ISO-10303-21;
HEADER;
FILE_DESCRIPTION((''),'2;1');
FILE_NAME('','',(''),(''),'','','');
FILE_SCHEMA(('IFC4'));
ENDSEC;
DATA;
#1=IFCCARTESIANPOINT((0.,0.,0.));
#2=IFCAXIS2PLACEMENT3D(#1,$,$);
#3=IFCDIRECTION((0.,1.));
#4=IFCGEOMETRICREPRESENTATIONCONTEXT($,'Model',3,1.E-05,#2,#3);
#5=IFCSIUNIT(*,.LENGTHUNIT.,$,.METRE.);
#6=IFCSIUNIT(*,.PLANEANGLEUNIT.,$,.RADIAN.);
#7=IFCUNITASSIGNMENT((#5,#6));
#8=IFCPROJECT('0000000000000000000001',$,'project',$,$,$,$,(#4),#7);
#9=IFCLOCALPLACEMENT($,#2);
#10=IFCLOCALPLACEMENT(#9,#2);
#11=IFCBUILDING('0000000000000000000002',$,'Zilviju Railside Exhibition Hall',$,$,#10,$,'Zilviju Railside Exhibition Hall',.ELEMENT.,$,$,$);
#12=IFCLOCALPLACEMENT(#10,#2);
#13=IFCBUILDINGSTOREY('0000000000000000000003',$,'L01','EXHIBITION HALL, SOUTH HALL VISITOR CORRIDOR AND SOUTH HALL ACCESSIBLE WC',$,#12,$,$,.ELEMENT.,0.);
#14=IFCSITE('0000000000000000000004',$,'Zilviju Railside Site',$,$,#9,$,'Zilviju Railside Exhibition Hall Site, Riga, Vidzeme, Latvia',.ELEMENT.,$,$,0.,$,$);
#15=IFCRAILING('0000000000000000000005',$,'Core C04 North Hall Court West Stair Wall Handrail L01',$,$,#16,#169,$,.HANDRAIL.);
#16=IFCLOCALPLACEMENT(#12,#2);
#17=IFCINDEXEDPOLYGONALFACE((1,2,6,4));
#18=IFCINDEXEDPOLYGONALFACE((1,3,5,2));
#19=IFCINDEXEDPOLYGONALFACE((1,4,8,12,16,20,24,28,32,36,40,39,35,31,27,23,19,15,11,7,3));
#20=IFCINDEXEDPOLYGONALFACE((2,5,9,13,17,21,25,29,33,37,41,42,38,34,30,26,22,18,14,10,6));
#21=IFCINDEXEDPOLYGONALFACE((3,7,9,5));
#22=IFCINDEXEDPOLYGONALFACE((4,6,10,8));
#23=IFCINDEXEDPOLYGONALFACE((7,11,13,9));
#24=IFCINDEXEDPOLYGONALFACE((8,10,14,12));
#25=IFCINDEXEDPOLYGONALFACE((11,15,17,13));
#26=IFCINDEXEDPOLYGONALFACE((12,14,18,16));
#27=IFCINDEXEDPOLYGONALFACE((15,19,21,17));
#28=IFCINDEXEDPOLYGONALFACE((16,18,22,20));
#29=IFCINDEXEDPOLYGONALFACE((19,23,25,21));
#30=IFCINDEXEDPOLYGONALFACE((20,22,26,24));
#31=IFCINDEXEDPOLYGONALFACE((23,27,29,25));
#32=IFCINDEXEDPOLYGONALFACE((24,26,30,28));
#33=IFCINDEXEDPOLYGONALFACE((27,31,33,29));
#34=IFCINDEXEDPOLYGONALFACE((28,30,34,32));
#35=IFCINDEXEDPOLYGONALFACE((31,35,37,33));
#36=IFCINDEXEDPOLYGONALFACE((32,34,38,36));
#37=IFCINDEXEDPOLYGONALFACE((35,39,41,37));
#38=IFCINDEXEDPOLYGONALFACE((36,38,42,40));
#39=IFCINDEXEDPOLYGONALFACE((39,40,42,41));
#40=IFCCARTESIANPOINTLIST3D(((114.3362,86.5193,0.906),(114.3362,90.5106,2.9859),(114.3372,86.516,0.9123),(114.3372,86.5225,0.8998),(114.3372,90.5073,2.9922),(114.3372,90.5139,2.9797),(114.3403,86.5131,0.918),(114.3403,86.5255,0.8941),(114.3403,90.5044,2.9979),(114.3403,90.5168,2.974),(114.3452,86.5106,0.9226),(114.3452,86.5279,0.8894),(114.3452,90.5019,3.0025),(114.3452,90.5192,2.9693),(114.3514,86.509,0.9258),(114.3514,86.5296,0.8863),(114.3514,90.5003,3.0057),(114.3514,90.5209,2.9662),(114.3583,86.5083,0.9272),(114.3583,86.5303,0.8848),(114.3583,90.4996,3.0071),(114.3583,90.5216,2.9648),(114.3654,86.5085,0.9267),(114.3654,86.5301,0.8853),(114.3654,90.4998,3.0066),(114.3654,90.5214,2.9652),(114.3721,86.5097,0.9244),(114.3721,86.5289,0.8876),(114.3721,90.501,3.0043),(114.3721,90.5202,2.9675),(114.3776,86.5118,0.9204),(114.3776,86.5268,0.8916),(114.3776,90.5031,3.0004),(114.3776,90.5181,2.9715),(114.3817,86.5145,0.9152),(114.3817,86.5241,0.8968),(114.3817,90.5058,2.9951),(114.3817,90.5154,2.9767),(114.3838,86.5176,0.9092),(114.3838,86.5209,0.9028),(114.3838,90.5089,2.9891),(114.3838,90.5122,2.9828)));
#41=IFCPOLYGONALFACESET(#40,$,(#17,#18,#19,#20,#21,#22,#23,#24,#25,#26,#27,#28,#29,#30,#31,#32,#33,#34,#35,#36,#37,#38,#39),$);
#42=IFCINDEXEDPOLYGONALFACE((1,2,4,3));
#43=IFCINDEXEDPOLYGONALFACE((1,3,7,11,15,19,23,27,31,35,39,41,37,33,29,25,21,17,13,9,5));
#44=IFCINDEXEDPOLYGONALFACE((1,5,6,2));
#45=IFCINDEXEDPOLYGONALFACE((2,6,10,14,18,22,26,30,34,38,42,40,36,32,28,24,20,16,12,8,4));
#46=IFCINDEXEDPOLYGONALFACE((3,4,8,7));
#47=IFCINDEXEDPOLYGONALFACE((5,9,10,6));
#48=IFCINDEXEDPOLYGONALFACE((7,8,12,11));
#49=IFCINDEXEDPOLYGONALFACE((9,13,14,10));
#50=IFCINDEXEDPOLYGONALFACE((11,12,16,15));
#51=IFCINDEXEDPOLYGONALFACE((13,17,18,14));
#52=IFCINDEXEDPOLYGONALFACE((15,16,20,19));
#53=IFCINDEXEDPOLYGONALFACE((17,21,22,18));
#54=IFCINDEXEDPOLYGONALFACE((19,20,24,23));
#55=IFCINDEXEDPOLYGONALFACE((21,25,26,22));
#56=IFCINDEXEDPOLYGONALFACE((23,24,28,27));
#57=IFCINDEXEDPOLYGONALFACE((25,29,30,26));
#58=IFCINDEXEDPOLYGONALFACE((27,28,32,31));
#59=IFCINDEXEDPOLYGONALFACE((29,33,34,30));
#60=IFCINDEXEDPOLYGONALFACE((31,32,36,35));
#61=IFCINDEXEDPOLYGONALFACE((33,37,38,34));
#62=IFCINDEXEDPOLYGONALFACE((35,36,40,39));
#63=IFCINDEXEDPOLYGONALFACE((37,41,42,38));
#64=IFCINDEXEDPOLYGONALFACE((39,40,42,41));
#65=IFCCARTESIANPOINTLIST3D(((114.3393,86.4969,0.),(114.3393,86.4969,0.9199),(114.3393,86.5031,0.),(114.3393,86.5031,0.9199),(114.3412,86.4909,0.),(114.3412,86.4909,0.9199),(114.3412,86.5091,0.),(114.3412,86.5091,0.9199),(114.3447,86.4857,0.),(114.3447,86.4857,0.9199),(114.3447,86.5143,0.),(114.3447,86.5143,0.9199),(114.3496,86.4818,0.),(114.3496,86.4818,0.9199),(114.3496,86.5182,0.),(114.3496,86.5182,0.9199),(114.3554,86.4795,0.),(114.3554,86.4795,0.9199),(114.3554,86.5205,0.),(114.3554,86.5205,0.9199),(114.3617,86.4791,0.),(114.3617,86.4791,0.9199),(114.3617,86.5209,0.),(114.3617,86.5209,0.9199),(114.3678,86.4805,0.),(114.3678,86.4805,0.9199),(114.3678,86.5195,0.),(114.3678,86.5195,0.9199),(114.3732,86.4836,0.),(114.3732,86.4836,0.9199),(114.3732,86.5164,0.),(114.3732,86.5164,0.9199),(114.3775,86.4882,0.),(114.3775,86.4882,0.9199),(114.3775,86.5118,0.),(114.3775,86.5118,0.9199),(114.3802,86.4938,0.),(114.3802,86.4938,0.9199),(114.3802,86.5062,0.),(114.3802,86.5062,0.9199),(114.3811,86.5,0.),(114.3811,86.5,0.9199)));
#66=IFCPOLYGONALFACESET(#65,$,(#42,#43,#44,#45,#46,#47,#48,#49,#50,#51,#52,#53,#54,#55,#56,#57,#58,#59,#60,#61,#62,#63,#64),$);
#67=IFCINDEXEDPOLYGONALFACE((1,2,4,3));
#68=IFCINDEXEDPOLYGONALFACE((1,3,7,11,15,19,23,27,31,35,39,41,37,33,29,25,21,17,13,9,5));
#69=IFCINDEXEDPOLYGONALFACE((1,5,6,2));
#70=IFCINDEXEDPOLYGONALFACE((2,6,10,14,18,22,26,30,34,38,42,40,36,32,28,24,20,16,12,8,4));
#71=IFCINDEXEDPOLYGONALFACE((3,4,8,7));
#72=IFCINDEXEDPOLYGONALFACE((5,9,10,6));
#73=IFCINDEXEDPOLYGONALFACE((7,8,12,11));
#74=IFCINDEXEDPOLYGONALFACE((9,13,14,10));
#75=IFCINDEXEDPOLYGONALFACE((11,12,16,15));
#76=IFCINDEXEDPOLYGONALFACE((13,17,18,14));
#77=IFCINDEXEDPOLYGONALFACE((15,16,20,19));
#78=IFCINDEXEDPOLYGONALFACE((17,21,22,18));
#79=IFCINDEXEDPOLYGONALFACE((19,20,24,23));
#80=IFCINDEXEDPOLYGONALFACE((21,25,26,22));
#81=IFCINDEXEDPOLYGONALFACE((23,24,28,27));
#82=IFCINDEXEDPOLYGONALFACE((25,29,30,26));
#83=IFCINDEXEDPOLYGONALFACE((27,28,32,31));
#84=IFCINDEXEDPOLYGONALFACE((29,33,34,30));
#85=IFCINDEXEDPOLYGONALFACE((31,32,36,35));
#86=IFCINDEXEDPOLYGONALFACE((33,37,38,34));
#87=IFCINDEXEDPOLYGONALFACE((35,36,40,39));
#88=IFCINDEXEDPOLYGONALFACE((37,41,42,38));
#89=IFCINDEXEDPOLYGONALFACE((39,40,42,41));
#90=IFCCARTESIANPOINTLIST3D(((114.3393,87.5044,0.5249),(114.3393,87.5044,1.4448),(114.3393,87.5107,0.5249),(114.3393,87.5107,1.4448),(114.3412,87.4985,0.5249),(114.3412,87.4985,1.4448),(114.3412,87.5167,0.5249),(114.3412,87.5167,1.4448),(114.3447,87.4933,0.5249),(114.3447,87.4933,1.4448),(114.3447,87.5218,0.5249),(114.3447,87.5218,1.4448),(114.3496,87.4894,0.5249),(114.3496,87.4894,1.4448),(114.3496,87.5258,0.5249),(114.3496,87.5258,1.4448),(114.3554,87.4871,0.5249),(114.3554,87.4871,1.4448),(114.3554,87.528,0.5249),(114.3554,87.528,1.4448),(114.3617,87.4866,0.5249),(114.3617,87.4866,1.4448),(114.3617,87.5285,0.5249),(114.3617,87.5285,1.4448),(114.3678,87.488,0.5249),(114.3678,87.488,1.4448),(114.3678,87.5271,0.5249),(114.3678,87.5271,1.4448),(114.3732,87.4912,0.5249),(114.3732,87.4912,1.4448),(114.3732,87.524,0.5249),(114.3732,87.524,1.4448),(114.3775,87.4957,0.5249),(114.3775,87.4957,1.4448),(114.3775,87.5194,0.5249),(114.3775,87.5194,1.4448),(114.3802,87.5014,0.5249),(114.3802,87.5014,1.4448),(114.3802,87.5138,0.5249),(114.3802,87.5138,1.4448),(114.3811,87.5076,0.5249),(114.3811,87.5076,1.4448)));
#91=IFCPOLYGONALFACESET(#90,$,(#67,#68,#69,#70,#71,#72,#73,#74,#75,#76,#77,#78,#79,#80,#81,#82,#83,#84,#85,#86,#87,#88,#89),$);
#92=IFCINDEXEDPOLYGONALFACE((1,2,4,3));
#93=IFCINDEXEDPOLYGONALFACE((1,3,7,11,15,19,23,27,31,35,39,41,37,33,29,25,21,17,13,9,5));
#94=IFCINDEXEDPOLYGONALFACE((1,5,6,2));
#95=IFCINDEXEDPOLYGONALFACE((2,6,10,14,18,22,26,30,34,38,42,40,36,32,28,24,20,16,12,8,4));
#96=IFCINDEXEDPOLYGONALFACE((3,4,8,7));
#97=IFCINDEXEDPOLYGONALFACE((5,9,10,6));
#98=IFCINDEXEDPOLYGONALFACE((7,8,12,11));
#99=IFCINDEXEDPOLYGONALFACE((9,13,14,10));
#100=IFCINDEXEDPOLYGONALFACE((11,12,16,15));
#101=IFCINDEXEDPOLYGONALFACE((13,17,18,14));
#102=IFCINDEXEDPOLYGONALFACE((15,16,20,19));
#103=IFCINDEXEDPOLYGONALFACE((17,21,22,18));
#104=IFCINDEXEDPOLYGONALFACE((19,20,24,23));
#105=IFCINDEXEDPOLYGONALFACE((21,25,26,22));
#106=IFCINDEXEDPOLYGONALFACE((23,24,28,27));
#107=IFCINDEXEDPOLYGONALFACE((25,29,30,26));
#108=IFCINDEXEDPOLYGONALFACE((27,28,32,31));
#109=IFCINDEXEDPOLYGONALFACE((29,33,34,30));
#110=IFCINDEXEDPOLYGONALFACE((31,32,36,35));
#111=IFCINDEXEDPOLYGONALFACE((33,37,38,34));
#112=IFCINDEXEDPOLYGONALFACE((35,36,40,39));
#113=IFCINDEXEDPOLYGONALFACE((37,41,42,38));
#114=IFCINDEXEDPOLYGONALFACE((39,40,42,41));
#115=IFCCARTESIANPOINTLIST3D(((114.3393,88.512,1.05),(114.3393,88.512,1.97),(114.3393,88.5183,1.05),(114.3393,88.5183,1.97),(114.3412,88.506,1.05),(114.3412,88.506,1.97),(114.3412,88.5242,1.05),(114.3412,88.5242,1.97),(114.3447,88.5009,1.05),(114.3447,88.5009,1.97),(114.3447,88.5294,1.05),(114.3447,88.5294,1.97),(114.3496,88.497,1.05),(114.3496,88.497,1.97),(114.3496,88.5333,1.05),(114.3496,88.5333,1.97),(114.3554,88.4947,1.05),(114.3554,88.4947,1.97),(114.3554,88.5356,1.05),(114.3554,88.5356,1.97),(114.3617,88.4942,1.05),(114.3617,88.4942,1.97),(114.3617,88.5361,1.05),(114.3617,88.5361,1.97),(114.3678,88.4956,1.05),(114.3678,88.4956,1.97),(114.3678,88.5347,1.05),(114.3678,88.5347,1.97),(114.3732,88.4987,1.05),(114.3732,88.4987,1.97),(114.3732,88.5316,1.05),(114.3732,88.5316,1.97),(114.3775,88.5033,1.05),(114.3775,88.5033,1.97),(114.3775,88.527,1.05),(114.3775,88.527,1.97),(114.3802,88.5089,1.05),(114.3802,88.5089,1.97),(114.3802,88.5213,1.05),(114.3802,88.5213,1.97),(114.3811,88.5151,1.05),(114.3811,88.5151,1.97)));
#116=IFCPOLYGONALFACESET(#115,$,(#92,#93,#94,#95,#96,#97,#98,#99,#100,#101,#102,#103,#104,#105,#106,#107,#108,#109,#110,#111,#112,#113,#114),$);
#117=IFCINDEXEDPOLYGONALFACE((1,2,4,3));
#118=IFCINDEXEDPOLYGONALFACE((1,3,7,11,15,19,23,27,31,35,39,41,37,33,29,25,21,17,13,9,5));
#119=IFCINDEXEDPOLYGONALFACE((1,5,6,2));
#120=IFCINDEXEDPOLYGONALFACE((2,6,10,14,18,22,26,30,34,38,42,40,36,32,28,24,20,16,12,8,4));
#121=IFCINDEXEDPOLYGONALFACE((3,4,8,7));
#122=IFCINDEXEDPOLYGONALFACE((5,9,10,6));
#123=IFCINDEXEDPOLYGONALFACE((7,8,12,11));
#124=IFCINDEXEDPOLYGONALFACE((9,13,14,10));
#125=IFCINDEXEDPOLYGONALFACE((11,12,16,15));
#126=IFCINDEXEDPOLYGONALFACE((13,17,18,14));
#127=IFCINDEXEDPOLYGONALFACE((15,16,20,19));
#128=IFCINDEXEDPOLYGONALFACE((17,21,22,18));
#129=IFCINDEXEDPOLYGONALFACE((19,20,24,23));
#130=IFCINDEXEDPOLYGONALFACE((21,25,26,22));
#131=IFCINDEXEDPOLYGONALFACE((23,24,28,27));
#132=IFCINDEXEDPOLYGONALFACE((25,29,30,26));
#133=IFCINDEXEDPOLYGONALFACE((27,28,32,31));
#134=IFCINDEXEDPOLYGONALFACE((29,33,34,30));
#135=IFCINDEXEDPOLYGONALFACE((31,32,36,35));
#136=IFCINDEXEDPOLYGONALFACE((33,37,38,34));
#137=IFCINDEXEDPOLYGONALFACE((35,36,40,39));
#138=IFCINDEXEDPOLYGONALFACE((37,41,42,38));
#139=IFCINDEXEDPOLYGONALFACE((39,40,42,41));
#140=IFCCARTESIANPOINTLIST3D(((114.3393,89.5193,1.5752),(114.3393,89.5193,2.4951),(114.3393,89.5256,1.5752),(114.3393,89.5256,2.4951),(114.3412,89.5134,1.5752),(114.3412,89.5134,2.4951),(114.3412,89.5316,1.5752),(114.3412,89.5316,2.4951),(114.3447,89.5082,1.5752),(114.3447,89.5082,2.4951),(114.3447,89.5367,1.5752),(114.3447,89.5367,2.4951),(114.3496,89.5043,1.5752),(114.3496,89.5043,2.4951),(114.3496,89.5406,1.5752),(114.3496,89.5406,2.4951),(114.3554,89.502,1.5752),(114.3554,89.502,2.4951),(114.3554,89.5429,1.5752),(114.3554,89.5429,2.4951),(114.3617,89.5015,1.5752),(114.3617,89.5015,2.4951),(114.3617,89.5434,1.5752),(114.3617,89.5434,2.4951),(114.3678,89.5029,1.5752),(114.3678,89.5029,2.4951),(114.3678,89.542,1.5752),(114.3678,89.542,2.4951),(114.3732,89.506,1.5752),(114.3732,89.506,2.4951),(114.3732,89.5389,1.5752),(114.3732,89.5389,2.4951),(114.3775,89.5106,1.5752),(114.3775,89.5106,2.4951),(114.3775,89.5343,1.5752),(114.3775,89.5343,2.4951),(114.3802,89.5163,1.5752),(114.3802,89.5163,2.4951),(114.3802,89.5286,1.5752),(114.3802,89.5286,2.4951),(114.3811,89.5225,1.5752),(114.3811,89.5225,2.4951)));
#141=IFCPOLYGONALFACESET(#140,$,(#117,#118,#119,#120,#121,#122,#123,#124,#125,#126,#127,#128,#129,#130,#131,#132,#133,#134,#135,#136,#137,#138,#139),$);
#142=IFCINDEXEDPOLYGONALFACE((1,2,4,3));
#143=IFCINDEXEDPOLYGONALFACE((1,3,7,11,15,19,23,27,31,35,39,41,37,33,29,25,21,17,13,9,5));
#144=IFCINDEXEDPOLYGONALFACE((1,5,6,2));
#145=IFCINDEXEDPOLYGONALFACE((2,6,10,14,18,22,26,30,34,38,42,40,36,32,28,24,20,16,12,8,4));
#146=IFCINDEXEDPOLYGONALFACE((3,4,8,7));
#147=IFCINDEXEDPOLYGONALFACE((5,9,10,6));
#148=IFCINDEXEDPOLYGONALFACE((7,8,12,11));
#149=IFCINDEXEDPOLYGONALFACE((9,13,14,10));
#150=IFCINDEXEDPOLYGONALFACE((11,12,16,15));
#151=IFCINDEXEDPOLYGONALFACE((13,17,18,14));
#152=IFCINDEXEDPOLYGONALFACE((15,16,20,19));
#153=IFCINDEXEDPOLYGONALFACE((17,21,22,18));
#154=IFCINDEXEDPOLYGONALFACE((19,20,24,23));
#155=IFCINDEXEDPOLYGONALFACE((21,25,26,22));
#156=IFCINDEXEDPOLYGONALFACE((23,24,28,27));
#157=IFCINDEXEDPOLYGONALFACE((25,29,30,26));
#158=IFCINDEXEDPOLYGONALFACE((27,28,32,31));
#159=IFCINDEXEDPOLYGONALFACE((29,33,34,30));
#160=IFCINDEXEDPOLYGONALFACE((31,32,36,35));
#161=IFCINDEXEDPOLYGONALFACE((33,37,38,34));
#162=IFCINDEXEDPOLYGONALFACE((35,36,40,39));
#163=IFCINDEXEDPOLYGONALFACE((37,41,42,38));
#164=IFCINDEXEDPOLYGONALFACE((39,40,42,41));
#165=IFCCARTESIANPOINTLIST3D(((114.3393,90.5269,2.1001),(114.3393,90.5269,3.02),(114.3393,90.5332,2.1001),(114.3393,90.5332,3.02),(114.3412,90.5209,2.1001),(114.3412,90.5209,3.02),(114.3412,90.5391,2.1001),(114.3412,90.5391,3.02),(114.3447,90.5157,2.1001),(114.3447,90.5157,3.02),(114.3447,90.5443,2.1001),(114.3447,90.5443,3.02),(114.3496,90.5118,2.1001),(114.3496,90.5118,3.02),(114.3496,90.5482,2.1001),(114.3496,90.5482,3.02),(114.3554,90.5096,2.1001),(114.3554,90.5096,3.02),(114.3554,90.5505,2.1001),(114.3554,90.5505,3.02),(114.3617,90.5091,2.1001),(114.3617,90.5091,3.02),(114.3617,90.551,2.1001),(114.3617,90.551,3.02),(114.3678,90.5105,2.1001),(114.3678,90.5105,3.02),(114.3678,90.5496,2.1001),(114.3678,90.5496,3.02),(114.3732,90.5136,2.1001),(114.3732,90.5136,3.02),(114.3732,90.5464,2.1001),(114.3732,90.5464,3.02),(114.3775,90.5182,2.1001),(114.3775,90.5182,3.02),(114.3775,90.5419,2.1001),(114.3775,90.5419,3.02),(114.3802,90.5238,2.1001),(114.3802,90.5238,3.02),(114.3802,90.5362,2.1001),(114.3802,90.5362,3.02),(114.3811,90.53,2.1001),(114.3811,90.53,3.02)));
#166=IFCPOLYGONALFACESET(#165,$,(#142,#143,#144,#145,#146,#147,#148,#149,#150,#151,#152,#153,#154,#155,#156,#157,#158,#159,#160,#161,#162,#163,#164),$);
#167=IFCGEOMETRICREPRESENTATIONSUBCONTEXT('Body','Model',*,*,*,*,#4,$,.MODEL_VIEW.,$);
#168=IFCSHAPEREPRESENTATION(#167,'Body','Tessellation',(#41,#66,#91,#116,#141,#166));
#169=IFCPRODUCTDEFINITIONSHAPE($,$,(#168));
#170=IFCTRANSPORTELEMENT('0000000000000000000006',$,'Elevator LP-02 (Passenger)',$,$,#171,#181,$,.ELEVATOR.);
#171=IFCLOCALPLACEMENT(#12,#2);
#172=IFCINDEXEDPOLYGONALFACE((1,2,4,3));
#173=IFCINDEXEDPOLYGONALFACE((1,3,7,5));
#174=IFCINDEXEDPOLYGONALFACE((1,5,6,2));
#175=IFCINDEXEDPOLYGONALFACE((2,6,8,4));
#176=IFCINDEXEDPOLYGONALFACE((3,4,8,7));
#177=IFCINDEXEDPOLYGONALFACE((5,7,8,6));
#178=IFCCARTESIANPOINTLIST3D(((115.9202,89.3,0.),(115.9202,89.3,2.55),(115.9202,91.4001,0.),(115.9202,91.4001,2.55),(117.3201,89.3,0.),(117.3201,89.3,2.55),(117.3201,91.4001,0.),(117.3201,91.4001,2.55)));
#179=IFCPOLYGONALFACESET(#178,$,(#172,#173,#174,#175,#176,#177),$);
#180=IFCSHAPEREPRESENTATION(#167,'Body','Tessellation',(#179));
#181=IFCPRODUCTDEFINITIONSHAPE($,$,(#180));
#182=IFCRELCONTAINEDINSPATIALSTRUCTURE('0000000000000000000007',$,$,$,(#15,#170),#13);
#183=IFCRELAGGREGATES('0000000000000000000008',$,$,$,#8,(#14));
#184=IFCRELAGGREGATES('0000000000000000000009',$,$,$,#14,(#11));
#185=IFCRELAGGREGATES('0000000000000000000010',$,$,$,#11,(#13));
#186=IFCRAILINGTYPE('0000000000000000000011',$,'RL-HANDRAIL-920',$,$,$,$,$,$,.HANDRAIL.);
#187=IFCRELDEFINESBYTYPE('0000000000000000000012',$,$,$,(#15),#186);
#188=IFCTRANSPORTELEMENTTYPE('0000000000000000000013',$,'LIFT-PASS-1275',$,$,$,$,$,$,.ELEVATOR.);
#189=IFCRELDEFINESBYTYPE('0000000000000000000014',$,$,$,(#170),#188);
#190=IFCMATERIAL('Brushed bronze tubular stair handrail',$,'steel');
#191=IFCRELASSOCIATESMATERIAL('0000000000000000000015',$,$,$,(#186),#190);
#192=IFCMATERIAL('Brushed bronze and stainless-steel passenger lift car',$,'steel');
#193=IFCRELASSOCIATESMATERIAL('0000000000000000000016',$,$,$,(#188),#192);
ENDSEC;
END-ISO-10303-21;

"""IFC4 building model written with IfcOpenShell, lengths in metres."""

from ifc_helpers import new_model, si_unit, direction, frame, origin, origin_2d, place, context, subcontext, project, spatial, rectangle, circle, extrude, material, type_object, element, save


model = new_model("IFC4")

# Units and contexts
model_context = context("Model", 3, precision=1e-05, world=origin(), true_north=direction((0.0, 1.0)))
body_context = subcontext(model_context, "Body", "Model", "MODEL_VIEW")
ifc_project = project(units=[si_unit("LENGTHUNIT", "METRE"), si_unit("PLANEANGLEUNIT", "RADIAN")], contexts=[model_context])

# Site, building, storey
site_placement = place(None, origin())
site = spatial("IfcSite", under=ifc_project, at=site_placement, Name="Zilviju Railside Site", LongName="Zilviju Railside Exhibition Hall Site, Riga, Vidzeme, Latvia", CompositionType="ELEMENT", RefElevation=0.0)
building_placement = place(site_placement, origin())
building = spatial("IfcBuilding", under=site, at=building_placement, Name="Zilviju Railside Exhibition Hall", LongName="Zilviju Railside Exhibition Hall", CompositionType="ELEMENT")
storey_placement = place(building_placement, origin())
storey = spatial("IfcBuildingStorey", under=building, at=storey_placement, Name="L01", Description="EXHIBITION HALL, SOUTH HALL VISITOR CORRIDOR AND SOUTH HALL ACCESSIBLE WC", CompositionType="ELEMENT", Elevation=0.0)

# Railing
ifc_material_1 = material(Name="Brushed bronze tubular stair handrail", Category="steel")
railing_type_1 = type_object("IfcRailingType", Name="RL-HANDRAIL-920", PredefinedType="HANDRAIL", material=ifc_material_1)
railing_1_placement = place(storey_placement, frame((114.3601, 86.5, 0.0)))
element("IfcRailing", 1, at=railing_1_placement, inside=storey, type_object=railing_type_1, Name="Core C04 North Hall Court West Stair Wall Handrail L01", PredefinedType="HANDRAIL", context=body_context, shape_type="SweptSolid", body=[
    extrude(circle(Radius=0.0239, at=origin_2d()), frame((0.0, 0.0193, 0.906), z_axis=(0.0, 0.886813, 0.462129), x_axis=(-1.0, 0.0, 0.0)), (0.0, 0.0, 1.0), 4.5007),
    extrude(circle(Radius=0.021, at=origin_2d()), origin(), (0.0, 0.0, 1.0), 0.9199),
    extrude(circle(Radius=0.021, at=origin_2d()), frame((0.0, 1.0076, 0.5249)), (0.0, 0.0, 1.0), 0.9199),
    extrude(circle(Radius=0.021, at=origin_2d()), frame((0.0, 2.0151, 1.05)), (0.0, 0.0, 1.0), 0.9199),
    extrude(circle(Radius=0.021, at=origin_2d()), frame((0.0, 3.0225, 1.5752)), (0.0, 0.0, 1.0), 0.9199),
    extrude(circle(Radius=0.021, at=origin_2d()), frame((0.0, 4.03, 2.1001)), (0.0, 0.0, 1.0), 0.9199),
])

# Transport element
ifc_material_2 = material(Name="Brushed bronze and stainless-steel passenger lift car", Category="steel")
transport_element_type = type_object("IfcTransportElementType", Name="LIFT-PASS-1275", PredefinedType="ELEVATOR", material=ifc_material_2)
transport_element_placement = place(storey_placement, frame((116.6201, 90.3501, 0.0), z_axis=(0.0, 0.0, 1.0), x_axis=(1.0, 0.0, 0.0)))
element("IfcTransportElement", 2, at=transport_element_placement, inside=storey, type_object=transport_element_type, Name="Elevator LP-02 (Passenger)", PredefinedType="ELEVATOR", context=body_context, shape_type="SweptSolid", body=[
    extrude(rectangle(XDim=1.3999, YDim=2.1001, at=origin_2d()), origin(), (0.0, 0.0, 1.0), 2.55),
])

save(model, "model.ifc")
